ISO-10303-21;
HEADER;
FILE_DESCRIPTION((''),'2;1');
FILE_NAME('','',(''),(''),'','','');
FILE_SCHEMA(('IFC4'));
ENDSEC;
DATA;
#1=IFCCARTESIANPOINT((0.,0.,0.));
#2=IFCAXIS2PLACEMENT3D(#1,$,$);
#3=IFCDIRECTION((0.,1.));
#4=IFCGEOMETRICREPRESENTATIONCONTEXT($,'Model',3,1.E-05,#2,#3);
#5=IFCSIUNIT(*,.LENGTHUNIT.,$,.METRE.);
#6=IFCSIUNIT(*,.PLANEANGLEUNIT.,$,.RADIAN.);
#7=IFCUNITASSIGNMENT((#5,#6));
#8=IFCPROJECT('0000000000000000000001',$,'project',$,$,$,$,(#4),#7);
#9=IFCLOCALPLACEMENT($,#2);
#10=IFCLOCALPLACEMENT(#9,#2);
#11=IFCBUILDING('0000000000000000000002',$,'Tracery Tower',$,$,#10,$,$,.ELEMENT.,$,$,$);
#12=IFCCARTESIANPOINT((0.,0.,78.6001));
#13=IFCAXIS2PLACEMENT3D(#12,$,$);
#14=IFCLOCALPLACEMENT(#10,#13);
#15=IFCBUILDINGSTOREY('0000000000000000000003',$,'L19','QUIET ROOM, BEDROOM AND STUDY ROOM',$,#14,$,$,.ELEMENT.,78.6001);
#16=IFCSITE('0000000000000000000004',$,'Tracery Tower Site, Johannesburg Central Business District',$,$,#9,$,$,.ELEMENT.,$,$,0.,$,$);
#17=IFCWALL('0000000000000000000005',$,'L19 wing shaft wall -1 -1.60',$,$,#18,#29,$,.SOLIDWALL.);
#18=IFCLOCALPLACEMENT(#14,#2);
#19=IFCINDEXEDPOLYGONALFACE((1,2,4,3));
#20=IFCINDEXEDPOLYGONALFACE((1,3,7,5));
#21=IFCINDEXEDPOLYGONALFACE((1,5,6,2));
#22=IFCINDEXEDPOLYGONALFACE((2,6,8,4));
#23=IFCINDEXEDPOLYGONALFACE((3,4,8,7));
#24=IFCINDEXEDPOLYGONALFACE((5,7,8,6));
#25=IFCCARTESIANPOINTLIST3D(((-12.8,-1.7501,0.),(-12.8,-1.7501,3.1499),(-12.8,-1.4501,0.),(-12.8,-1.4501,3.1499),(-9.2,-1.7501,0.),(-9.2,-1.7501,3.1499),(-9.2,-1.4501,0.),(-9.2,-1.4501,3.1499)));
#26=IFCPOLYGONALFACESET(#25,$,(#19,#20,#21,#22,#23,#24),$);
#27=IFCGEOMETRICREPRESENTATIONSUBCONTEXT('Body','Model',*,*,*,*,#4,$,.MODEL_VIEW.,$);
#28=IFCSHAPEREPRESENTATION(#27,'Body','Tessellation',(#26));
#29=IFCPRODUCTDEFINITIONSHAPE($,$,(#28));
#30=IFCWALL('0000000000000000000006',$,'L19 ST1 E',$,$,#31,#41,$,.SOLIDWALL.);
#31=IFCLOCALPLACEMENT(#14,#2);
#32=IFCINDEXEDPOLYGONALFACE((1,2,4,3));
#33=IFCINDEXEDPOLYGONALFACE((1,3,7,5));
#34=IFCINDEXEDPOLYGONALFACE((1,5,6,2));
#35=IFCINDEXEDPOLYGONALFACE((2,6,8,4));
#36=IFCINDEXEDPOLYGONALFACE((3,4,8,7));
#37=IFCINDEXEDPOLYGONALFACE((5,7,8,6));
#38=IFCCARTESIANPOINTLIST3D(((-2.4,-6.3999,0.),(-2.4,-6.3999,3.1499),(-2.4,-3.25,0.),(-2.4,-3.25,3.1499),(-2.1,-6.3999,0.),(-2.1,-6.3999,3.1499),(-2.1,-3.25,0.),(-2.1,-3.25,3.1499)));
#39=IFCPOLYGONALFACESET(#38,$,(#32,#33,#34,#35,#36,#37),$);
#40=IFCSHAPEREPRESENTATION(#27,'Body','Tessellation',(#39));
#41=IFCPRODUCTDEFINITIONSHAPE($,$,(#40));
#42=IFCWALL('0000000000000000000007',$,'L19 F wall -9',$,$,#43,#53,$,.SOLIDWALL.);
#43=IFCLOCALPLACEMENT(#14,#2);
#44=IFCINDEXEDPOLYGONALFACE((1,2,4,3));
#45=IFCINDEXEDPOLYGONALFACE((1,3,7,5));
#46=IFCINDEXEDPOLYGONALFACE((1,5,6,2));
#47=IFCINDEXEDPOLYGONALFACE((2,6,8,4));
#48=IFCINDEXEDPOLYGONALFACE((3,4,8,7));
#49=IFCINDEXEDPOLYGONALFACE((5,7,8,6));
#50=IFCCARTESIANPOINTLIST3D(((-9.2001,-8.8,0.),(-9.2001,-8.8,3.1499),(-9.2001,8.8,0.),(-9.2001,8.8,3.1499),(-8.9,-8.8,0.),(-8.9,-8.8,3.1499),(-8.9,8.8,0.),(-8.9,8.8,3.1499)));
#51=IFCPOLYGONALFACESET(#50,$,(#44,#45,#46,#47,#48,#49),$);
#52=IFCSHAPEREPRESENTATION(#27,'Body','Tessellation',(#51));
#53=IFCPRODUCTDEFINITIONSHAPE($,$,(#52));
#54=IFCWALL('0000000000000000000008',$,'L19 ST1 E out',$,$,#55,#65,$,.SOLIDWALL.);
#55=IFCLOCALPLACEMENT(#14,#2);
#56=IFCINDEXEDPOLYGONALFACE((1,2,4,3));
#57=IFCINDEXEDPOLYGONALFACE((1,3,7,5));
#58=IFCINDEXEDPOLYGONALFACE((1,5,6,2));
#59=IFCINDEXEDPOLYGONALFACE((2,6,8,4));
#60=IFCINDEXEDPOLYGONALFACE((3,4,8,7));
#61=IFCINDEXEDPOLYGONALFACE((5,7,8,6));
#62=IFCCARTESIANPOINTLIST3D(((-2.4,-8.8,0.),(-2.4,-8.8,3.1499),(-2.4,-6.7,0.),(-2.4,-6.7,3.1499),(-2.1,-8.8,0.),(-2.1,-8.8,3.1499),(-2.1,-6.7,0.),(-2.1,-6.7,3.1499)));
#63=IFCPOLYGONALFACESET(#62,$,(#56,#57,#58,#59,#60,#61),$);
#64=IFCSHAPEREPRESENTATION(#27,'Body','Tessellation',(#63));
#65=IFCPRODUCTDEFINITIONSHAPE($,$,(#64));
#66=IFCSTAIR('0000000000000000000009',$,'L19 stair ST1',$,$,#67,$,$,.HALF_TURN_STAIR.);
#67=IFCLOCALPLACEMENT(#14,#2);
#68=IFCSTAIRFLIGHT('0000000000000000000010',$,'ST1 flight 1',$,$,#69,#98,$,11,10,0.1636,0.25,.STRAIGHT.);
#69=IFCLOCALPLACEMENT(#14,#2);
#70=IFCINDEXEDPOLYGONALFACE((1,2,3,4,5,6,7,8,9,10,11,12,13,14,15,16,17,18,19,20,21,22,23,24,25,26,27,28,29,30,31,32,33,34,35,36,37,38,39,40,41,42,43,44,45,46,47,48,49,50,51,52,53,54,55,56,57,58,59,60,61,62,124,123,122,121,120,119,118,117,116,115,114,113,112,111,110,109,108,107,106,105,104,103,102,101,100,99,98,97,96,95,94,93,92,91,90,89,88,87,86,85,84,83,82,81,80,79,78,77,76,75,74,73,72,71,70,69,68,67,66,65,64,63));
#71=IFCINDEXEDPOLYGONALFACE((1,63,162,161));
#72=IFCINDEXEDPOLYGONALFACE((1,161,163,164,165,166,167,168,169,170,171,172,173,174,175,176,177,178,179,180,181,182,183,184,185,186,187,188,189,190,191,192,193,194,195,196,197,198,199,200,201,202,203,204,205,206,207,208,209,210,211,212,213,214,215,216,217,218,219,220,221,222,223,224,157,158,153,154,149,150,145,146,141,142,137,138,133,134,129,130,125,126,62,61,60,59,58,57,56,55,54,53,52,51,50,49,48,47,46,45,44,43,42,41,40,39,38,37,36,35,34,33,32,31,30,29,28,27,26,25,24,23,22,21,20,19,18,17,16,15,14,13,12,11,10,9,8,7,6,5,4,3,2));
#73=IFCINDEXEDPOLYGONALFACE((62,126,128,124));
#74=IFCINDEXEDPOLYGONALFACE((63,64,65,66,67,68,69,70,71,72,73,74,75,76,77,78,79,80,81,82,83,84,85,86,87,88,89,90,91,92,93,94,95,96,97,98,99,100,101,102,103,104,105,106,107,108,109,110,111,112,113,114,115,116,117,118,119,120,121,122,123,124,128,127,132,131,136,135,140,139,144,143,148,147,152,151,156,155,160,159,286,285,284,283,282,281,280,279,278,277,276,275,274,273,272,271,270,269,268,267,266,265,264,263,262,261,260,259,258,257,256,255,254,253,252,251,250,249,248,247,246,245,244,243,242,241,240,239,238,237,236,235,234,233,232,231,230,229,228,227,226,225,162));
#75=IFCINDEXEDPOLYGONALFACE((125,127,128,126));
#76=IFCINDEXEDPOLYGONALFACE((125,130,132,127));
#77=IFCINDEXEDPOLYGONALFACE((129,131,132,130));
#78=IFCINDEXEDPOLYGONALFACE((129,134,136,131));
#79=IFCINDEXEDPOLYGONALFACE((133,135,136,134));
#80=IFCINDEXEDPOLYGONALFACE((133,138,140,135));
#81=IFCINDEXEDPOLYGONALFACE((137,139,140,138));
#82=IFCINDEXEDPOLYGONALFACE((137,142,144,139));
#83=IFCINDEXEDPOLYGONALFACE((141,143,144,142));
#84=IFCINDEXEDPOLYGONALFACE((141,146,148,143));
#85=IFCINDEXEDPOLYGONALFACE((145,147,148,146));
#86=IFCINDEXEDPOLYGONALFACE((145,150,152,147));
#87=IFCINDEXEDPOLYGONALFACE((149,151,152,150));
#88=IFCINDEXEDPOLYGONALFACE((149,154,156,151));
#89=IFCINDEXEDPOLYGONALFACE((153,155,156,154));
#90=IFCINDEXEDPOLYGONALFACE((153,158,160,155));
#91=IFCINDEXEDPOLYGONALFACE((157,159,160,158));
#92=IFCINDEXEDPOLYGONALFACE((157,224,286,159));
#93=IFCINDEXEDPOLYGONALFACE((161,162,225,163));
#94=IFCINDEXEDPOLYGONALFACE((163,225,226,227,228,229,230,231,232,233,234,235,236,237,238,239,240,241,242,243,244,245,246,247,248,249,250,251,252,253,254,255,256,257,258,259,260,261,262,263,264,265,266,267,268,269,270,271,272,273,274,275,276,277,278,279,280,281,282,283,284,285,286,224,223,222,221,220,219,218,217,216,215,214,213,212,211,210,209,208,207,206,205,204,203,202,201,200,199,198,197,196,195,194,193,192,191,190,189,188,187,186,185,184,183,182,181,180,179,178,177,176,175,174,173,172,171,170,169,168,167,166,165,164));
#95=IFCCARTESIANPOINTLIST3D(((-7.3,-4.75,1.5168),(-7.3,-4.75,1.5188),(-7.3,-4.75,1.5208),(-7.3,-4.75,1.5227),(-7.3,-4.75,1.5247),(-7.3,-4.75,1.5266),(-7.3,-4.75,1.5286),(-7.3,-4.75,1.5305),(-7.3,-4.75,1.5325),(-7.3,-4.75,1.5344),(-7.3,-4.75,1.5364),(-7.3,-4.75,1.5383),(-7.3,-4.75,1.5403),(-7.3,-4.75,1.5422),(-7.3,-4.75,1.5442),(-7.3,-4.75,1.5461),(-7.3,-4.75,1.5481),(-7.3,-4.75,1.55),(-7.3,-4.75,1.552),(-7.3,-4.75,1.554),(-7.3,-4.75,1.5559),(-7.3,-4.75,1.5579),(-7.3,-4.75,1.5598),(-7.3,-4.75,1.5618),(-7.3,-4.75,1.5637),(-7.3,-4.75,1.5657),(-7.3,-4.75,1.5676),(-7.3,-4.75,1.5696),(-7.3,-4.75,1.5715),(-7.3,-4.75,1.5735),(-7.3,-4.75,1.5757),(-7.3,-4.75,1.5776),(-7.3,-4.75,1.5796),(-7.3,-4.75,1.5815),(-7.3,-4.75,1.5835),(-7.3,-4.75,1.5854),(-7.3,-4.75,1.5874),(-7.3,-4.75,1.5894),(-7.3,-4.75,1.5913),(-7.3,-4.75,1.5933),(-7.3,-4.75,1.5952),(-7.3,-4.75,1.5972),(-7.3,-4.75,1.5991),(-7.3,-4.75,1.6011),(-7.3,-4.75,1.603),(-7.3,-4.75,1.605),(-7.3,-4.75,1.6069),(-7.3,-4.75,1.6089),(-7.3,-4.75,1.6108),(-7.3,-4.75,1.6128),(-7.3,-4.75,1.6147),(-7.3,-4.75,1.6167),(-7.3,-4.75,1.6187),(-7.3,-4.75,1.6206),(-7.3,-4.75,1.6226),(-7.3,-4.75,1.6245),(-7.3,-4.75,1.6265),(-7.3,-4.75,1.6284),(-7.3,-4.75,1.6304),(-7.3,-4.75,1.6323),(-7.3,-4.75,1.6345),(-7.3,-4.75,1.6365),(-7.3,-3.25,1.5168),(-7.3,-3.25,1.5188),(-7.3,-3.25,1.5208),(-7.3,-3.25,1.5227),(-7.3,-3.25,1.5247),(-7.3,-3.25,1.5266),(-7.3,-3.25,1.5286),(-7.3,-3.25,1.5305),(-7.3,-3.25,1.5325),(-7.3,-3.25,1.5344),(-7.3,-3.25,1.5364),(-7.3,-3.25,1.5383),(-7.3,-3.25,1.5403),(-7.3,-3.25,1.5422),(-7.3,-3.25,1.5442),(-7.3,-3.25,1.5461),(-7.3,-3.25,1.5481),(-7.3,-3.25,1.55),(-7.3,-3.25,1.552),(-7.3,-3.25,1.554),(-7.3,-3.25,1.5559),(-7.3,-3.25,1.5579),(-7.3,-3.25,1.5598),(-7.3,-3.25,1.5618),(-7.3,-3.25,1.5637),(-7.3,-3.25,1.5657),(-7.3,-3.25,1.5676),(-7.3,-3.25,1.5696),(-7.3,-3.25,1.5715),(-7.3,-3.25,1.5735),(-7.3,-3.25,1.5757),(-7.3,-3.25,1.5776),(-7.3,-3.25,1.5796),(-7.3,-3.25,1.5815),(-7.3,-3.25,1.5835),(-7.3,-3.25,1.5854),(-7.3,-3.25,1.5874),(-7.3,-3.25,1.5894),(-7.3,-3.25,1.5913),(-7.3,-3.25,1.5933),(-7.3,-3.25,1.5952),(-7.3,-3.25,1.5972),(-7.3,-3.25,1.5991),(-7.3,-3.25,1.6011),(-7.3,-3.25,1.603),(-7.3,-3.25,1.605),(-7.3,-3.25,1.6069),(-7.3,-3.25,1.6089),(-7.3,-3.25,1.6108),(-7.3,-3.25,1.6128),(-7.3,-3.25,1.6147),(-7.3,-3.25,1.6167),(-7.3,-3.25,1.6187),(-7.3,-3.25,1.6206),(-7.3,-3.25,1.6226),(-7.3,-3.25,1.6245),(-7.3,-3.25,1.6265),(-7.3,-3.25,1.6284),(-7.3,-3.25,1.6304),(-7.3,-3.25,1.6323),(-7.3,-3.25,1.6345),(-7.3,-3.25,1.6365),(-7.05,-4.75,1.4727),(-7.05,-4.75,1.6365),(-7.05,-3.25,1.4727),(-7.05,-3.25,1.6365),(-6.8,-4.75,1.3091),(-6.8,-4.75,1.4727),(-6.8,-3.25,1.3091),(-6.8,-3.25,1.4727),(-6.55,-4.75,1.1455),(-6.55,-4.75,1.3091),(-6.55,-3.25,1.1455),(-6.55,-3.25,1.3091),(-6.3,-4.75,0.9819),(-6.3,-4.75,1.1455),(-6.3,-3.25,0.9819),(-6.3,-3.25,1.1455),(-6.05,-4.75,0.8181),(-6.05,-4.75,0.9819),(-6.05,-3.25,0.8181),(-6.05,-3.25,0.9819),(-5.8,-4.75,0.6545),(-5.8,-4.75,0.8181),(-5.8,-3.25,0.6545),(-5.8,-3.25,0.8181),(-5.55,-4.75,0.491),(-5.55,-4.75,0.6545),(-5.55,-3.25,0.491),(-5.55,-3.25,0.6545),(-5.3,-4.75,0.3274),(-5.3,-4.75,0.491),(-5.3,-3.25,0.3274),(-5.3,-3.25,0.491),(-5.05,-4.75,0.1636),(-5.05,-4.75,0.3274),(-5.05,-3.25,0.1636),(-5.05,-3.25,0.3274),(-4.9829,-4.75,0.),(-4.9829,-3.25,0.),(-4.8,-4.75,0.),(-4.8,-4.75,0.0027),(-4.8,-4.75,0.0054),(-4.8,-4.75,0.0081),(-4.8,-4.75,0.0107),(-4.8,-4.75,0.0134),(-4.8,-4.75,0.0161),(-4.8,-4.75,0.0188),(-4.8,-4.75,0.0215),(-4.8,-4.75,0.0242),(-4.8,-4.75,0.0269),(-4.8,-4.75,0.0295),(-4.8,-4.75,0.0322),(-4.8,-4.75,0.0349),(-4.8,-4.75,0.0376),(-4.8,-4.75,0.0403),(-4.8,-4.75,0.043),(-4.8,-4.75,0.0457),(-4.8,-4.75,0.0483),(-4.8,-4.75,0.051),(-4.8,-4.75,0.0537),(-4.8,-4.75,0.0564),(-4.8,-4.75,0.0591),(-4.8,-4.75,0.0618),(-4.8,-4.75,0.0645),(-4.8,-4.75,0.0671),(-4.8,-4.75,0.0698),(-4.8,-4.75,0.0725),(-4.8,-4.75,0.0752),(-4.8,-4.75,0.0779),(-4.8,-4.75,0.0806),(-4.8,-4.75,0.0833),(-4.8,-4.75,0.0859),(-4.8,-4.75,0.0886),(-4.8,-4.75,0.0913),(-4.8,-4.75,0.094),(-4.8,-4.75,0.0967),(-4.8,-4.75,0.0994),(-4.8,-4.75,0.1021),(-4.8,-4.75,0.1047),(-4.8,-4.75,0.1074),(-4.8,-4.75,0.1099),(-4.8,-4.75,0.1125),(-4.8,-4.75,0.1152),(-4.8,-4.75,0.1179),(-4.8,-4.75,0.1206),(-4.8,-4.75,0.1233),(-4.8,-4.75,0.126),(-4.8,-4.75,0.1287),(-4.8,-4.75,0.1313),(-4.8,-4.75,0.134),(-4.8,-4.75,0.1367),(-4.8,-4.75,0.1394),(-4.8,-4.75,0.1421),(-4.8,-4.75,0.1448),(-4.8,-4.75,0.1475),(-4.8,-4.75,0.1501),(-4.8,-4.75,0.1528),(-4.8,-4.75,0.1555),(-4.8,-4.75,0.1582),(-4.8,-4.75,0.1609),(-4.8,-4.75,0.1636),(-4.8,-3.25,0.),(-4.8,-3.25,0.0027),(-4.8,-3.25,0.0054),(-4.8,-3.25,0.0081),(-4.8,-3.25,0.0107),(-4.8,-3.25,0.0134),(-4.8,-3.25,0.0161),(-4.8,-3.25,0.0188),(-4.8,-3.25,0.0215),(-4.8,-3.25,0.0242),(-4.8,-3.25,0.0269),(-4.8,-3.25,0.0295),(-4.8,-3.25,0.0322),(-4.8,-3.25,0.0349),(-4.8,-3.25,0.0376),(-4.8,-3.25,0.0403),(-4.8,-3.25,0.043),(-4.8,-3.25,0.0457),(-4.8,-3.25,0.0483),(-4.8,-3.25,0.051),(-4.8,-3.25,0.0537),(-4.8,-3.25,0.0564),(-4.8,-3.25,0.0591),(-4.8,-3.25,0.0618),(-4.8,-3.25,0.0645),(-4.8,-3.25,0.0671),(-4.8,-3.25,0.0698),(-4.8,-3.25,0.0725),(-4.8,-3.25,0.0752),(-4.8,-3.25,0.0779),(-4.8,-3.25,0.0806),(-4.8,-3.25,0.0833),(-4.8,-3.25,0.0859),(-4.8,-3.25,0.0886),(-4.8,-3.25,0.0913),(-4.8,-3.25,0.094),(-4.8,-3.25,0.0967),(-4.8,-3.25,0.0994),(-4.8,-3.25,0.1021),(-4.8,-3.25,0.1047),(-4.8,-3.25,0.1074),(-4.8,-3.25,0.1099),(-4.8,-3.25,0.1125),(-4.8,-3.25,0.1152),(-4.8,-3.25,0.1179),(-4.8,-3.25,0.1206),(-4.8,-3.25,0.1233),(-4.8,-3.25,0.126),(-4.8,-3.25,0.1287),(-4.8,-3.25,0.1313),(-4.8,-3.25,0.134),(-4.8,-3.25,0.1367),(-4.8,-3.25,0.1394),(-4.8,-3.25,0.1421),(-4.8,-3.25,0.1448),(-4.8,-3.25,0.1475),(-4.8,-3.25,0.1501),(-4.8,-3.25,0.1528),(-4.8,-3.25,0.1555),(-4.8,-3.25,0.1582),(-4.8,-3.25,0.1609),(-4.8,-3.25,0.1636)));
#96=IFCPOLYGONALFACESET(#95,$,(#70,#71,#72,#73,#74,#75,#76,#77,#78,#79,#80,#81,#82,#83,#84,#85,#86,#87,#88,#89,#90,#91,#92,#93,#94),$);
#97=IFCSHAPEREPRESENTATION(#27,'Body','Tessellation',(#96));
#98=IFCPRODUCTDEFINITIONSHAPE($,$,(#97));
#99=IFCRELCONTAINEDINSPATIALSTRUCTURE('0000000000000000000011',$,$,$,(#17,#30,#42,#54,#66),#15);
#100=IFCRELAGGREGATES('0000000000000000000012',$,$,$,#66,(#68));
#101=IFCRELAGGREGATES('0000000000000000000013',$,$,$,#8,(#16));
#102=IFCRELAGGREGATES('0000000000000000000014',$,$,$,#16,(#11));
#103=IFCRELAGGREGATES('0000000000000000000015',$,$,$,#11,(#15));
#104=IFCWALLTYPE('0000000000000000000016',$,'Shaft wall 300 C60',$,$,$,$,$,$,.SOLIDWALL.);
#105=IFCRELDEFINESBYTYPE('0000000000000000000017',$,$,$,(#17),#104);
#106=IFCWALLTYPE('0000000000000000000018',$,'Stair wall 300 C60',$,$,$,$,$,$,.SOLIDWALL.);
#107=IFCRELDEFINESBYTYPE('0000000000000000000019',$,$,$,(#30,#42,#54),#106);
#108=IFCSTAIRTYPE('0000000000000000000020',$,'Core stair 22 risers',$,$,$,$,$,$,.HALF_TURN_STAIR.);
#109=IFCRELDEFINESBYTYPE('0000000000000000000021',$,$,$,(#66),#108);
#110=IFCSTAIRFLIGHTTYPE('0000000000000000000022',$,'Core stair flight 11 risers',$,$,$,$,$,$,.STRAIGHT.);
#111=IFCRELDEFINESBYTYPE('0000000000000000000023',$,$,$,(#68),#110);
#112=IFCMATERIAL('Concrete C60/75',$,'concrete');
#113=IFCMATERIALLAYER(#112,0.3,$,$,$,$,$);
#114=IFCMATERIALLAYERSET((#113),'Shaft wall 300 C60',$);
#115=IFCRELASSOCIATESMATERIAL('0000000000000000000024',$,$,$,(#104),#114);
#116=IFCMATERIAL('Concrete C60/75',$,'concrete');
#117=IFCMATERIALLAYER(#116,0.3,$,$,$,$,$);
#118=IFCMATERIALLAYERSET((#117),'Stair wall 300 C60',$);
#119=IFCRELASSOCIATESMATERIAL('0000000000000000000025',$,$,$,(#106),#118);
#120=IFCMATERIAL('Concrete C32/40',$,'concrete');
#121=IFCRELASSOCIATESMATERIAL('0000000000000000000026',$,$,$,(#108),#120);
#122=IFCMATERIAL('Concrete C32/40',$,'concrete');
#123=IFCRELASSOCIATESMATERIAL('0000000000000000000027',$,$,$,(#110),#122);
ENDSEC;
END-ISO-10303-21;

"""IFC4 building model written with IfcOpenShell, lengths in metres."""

from ifc_helpers import new_model, si_unit, direction, frame, frame_2d, origin, place, context, subcontext, project, spatial, polyline, rectangle, outline, extrude, material, layer, layer_set, type_object, element, aggregate, save


model = new_model("IFC4")

# Units and contexts
model_context = context("Model", 3, precision=1e-05, world=origin(), true_north=direction((0.0, 1.0)))
body_context = subcontext(model_context, "Body", "Model", "MODEL_VIEW")
ifc_project = project(units=[si_unit("LENGTHUNIT", "METRE"), si_unit("PLANEANGLEUNIT", "RADIAN")], contexts=[model_context])

# Site, building, storey
site_placement = place(None, origin())
site = spatial("IfcSite", under=ifc_project, at=site_placement, Name="Tracery Tower Site, Johannesburg Central Business District", CompositionType="ELEMENT", RefElevation=0.0)
building_placement = place(site_placement, origin())
building = spatial("IfcBuilding", under=site, at=building_placement, Name="Tracery Tower", CompositionType="ELEMENT")
storey_placement = place(building_placement, frame((0.0, 0.0, 78.6001)))
storey = spatial("IfcBuildingStorey", under=building, at=storey_placement, Name="L19", Description="QUIET ROOM, BEDROOM AND STUDY ROOM", CompositionType="ELEMENT", Elevation=78.6001)

# Shared definitions
ifc_material_1 = material(Name="Concrete C60/75", Category="concrete")
ifc_layer_1 = layer(ifc_material_1, 0.3)
ifc_layer_set_1 = layer_set([ifc_layer_1], Name="Shaft wall 300 C60")
wall_type_1 = type_object("IfcWallType", Name="Shaft wall 300 C60", PredefinedType="SOLIDWALL", material=ifc_layer_set_1)

# Wall
for number, where, z_axis, x_axis, name in (
    (1, (-12.8, -1.6001, 0.0), (0.0, 0.0, 1.0), (1.0, 0.0, 0.0), "L19 wing shaft wall -1 -1.60"),
):
    element("IfcWall", number, at=place(storey_placement, frame(where, z_axis=z_axis, x_axis=x_axis)), inside=storey, type_object=wall_type_1, Name=name, PredefinedType="SOLIDWALL", context=body_context, shape_type="SweptSolid", body=[
        extrude(rectangle(XDim=3.6001, YDim=0.3, at=frame_2d((1.8, 0.0))), origin(), (0.0, 0.0, 1.0), 3.1499),
    ])

# Shared definitions
ifc_material_2 = material(Name="Concrete C60/75", Category="concrete")
ifc_layer_2 = layer(ifc_material_2, 0.3)
ifc_layer_set_2 = layer_set([ifc_layer_2], Name="Stair wall 300 C60")
wall_type_2 = type_object("IfcWallType", Name="Stair wall 300 C60", PredefinedType="SOLIDWALL", material=ifc_layer_set_2)

# Walls
wall_1_placement = place(storey_placement, frame((-2.25, -6.3999, 0.0), z_axis=(0.0, 0.0, 1.0), x_axis=(0.0, 1.0, 0.0)))
element("IfcWall", 2, at=wall_1_placement, inside=storey, type_object=wall_type_2, Name="L19 ST1 E", PredefinedType="SOLIDWALL", context=body_context, shape_type="SweptSolid", body=[
    extrude(rectangle(XDim=3.1499, YDim=0.3, at=frame_2d((1.575, 0.0))), origin(), (0.0, 0.0, 1.0), 3.1499),
])
wall_2_placement = place(storey_placement, frame((-9.05, -8.8, 0.0), z_axis=(0.0, 0.0, 1.0), x_axis=(0.0, 1.0, 0.0)))
element("IfcWall", 3, at=wall_2_placement, inside=storey, type_object=wall_type_2, Name="L19 F wall -9", PredefinedType="SOLIDWALL", context=body_context, shape_type="SweptSolid", body=[
    extrude(rectangle(XDim=17.6001, YDim=0.3, at=frame_2d((8.8, 0.0))), origin(), (0.0, 0.0, 1.0), 3.1499),
])

# Wall
wall_3_placement = place(storey_placement, frame((-2.25, -8.8, 0.0), z_axis=(0.0, 0.0, 1.0), x_axis=(0.0, 1.0, 0.0)))
element("IfcWall", 4, at=wall_3_placement, inside=storey, type_object=wall_type_2, Name="L19 ST1 E out", PredefinedType="SOLIDWALL", context=body_context, shape_type="SweptSolid", body=[
    extrude(rectangle(XDim=2.1001, YDim=0.3, at=frame_2d((1.05, 0.0))), origin(), (0.0, 0.0, 1.0), 3.1499),
])

# Stair, stair flight
ifc_material_3 = material(Name="Concrete C32/40", Category="concrete")
stair_type = type_object("IfcStairType", Name="Core stair 22 risers", PredefinedType="HALF_TURN_STAIR", material=ifc_material_3)
stair_placement = place(storey_placement, origin())
stair = element("IfcStair", 5, at=stair_placement, inside=storey, type_object=stair_type, Name="L19 stair ST1", PredefinedType="HALF_TURN_STAIR")
ifc_material_4 = material(Name="Concrete C32/40", Category="concrete")
stair_flight_type = type_object("IfcStairFlightType", Name="Core stair flight 11 risers", PredefinedType="STRAIGHT", material=ifc_material_4)
stair_flight_1_placement = place(storey_placement, frame((-4.8, -4.0, 0.0), z_axis=(0.0, 0.0, 1.0), x_axis=(-1.0, 0.0, 0.0)))
stair_flight_1 = element("IfcStairFlight", 6, at=stair_flight_1_placement, type_object=stair_flight_type, Name="ST1 flight 1", NumberOfRisers=11, NumberOfTreads=10, PredefinedType="STRAIGHT", RiserHeight=0.1636, TreadLength=0.25, context=body_context, shape_type="SweptSolid", body=[
    extrude(outline(polyline([(0.0, 0.0), (0.0, 0.0027), (0.0, 0.0054), (0.0, 0.0081), (0.0, 0.0107), (0.0, 0.0134), (0.0, 0.0161), (0.0, 0.0188), (0.0, 0.0215), (0.0, 0.0242), (0.0, 0.0269), (0.0, 0.0295), (0.0, 0.0322), (0.0, 0.0349), (0.0, 0.0376), (0.0, 0.0403), (0.0, 0.043), (0.0, 0.0457), (0.0, 0.0483), (0.0, 0.051), (0.0, 0.0537), (0.0, 0.0564), (0.0, 0.0591), (0.0, 0.0618), (0.0, 0.0645), (0.0, 0.0671), (0.0, 0.0698), (0.0, 0.0725), (0.0, 0.0752), (0.0, 0.0779), (0.0, 0.0806), (0.0, 0.0833), (0.0, 0.0859), (0.0, 0.0886), (0.0, 0.0913), (0.0, 0.094), (0.0, 0.0967), (0.0, 0.0994), (0.0, 0.1021), (0.0, 0.1047), (0.0, 0.1074), (0.0, 0.1099), (0.0, 0.1125), (0.0, 0.1152), (0.0, 0.1179), (0.0, 0.1206), (0.0, 0.1233), (0.0, 0.126), (0.0, 0.1287), (0.0, 0.1313), (0.0, 0.134), (0.0, 0.1367), (0.0, 0.1394), (0.0, 0.1421), (0.0, 0.1448), (0.0, 0.1475), (0.0, 0.1501), (0.0, 0.1528), (0.0, 0.1555), (0.0, 0.1582), (0.0, 0.1609), (0.0, 0.1636), (0.25, 0.1636), (0.25, 0.3274), (0.5, 0.3274), (0.5, 0.491), (0.75, 0.491), (0.75, 0.6545), (1.0, 0.6545), (1.0, 0.8181), (1.25, 0.8181), (1.25, 0.9819), (1.5, 0.9819), (1.5, 1.1455), (1.75, 1.1455), (1.75, 1.3091), (2.0, 1.3091), (2.0, 1.4727), (2.25, 1.4727), (2.25, 1.6365), (2.5, 1.6365), (2.5, 1.6345), (2.5, 1.6323), (2.5, 1.6304), (2.5, 1.6284), (2.5, 1.6265), (2.5, 1.6245), (2.5, 1.6226), (2.5, 1.6206), (2.5, 1.6187), (2.5, 1.6167), (2.5, 1.6147), (2.5, 1.6128), (2.5, 1.6108), (2.5, 1.6089), (2.5, 1.6069), (2.5, 1.605), (2.5, 1.603), (2.5, 1.6011), (2.5, 1.5991), (2.5, 1.5972), (2.5, 1.5952), (2.5, 1.5933), (2.5, 1.5913), (2.5, 1.5894), (2.5, 1.5874), (2.5, 1.5854), (2.5, 1.5835), (2.5, 1.5815), (2.5, 1.5796), (2.5, 1.5776), (2.5, 1.5757), (2.5, 1.5735), (2.5, 1.5715), (2.5, 1.5696), (2.5, 1.5676), (2.5, 1.5657), (2.5, 1.5637), (2.5, 1.5618), (2.5, 1.5598), (2.5, 1.5579), (2.5, 1.5559), (2.5, 1.554), (2.5, 1.552), (2.5, 1.55), (2.5, 1.5481), (2.5, 1.5461), (2.5, 1.5442), (2.5, 1.5422), (2.5, 1.5403), (2.5, 1.5383), (2.5, 1.5364), (2.5, 1.5344), (2.5, 1.5325), (2.5, 1.5305), (2.5, 1.5286), (2.5, 1.5266), (2.5, 1.5247), (2.5, 1.5227), (2.5, 1.5208), (2.5, 1.5188), (2.5, 1.5168), (0.1829, 0.0), (0.0, 0.0)])), frame((0.0, 0.75, 0.0), z_axis=(0.0, -1.0, 0.0), x_axis=(1.0, 0.0, 0.0)), (0.0, 0.0, 1.0), 1.5),
])
aggregate(stair, [stair_flight_1])

save(model, "model.ifc")
